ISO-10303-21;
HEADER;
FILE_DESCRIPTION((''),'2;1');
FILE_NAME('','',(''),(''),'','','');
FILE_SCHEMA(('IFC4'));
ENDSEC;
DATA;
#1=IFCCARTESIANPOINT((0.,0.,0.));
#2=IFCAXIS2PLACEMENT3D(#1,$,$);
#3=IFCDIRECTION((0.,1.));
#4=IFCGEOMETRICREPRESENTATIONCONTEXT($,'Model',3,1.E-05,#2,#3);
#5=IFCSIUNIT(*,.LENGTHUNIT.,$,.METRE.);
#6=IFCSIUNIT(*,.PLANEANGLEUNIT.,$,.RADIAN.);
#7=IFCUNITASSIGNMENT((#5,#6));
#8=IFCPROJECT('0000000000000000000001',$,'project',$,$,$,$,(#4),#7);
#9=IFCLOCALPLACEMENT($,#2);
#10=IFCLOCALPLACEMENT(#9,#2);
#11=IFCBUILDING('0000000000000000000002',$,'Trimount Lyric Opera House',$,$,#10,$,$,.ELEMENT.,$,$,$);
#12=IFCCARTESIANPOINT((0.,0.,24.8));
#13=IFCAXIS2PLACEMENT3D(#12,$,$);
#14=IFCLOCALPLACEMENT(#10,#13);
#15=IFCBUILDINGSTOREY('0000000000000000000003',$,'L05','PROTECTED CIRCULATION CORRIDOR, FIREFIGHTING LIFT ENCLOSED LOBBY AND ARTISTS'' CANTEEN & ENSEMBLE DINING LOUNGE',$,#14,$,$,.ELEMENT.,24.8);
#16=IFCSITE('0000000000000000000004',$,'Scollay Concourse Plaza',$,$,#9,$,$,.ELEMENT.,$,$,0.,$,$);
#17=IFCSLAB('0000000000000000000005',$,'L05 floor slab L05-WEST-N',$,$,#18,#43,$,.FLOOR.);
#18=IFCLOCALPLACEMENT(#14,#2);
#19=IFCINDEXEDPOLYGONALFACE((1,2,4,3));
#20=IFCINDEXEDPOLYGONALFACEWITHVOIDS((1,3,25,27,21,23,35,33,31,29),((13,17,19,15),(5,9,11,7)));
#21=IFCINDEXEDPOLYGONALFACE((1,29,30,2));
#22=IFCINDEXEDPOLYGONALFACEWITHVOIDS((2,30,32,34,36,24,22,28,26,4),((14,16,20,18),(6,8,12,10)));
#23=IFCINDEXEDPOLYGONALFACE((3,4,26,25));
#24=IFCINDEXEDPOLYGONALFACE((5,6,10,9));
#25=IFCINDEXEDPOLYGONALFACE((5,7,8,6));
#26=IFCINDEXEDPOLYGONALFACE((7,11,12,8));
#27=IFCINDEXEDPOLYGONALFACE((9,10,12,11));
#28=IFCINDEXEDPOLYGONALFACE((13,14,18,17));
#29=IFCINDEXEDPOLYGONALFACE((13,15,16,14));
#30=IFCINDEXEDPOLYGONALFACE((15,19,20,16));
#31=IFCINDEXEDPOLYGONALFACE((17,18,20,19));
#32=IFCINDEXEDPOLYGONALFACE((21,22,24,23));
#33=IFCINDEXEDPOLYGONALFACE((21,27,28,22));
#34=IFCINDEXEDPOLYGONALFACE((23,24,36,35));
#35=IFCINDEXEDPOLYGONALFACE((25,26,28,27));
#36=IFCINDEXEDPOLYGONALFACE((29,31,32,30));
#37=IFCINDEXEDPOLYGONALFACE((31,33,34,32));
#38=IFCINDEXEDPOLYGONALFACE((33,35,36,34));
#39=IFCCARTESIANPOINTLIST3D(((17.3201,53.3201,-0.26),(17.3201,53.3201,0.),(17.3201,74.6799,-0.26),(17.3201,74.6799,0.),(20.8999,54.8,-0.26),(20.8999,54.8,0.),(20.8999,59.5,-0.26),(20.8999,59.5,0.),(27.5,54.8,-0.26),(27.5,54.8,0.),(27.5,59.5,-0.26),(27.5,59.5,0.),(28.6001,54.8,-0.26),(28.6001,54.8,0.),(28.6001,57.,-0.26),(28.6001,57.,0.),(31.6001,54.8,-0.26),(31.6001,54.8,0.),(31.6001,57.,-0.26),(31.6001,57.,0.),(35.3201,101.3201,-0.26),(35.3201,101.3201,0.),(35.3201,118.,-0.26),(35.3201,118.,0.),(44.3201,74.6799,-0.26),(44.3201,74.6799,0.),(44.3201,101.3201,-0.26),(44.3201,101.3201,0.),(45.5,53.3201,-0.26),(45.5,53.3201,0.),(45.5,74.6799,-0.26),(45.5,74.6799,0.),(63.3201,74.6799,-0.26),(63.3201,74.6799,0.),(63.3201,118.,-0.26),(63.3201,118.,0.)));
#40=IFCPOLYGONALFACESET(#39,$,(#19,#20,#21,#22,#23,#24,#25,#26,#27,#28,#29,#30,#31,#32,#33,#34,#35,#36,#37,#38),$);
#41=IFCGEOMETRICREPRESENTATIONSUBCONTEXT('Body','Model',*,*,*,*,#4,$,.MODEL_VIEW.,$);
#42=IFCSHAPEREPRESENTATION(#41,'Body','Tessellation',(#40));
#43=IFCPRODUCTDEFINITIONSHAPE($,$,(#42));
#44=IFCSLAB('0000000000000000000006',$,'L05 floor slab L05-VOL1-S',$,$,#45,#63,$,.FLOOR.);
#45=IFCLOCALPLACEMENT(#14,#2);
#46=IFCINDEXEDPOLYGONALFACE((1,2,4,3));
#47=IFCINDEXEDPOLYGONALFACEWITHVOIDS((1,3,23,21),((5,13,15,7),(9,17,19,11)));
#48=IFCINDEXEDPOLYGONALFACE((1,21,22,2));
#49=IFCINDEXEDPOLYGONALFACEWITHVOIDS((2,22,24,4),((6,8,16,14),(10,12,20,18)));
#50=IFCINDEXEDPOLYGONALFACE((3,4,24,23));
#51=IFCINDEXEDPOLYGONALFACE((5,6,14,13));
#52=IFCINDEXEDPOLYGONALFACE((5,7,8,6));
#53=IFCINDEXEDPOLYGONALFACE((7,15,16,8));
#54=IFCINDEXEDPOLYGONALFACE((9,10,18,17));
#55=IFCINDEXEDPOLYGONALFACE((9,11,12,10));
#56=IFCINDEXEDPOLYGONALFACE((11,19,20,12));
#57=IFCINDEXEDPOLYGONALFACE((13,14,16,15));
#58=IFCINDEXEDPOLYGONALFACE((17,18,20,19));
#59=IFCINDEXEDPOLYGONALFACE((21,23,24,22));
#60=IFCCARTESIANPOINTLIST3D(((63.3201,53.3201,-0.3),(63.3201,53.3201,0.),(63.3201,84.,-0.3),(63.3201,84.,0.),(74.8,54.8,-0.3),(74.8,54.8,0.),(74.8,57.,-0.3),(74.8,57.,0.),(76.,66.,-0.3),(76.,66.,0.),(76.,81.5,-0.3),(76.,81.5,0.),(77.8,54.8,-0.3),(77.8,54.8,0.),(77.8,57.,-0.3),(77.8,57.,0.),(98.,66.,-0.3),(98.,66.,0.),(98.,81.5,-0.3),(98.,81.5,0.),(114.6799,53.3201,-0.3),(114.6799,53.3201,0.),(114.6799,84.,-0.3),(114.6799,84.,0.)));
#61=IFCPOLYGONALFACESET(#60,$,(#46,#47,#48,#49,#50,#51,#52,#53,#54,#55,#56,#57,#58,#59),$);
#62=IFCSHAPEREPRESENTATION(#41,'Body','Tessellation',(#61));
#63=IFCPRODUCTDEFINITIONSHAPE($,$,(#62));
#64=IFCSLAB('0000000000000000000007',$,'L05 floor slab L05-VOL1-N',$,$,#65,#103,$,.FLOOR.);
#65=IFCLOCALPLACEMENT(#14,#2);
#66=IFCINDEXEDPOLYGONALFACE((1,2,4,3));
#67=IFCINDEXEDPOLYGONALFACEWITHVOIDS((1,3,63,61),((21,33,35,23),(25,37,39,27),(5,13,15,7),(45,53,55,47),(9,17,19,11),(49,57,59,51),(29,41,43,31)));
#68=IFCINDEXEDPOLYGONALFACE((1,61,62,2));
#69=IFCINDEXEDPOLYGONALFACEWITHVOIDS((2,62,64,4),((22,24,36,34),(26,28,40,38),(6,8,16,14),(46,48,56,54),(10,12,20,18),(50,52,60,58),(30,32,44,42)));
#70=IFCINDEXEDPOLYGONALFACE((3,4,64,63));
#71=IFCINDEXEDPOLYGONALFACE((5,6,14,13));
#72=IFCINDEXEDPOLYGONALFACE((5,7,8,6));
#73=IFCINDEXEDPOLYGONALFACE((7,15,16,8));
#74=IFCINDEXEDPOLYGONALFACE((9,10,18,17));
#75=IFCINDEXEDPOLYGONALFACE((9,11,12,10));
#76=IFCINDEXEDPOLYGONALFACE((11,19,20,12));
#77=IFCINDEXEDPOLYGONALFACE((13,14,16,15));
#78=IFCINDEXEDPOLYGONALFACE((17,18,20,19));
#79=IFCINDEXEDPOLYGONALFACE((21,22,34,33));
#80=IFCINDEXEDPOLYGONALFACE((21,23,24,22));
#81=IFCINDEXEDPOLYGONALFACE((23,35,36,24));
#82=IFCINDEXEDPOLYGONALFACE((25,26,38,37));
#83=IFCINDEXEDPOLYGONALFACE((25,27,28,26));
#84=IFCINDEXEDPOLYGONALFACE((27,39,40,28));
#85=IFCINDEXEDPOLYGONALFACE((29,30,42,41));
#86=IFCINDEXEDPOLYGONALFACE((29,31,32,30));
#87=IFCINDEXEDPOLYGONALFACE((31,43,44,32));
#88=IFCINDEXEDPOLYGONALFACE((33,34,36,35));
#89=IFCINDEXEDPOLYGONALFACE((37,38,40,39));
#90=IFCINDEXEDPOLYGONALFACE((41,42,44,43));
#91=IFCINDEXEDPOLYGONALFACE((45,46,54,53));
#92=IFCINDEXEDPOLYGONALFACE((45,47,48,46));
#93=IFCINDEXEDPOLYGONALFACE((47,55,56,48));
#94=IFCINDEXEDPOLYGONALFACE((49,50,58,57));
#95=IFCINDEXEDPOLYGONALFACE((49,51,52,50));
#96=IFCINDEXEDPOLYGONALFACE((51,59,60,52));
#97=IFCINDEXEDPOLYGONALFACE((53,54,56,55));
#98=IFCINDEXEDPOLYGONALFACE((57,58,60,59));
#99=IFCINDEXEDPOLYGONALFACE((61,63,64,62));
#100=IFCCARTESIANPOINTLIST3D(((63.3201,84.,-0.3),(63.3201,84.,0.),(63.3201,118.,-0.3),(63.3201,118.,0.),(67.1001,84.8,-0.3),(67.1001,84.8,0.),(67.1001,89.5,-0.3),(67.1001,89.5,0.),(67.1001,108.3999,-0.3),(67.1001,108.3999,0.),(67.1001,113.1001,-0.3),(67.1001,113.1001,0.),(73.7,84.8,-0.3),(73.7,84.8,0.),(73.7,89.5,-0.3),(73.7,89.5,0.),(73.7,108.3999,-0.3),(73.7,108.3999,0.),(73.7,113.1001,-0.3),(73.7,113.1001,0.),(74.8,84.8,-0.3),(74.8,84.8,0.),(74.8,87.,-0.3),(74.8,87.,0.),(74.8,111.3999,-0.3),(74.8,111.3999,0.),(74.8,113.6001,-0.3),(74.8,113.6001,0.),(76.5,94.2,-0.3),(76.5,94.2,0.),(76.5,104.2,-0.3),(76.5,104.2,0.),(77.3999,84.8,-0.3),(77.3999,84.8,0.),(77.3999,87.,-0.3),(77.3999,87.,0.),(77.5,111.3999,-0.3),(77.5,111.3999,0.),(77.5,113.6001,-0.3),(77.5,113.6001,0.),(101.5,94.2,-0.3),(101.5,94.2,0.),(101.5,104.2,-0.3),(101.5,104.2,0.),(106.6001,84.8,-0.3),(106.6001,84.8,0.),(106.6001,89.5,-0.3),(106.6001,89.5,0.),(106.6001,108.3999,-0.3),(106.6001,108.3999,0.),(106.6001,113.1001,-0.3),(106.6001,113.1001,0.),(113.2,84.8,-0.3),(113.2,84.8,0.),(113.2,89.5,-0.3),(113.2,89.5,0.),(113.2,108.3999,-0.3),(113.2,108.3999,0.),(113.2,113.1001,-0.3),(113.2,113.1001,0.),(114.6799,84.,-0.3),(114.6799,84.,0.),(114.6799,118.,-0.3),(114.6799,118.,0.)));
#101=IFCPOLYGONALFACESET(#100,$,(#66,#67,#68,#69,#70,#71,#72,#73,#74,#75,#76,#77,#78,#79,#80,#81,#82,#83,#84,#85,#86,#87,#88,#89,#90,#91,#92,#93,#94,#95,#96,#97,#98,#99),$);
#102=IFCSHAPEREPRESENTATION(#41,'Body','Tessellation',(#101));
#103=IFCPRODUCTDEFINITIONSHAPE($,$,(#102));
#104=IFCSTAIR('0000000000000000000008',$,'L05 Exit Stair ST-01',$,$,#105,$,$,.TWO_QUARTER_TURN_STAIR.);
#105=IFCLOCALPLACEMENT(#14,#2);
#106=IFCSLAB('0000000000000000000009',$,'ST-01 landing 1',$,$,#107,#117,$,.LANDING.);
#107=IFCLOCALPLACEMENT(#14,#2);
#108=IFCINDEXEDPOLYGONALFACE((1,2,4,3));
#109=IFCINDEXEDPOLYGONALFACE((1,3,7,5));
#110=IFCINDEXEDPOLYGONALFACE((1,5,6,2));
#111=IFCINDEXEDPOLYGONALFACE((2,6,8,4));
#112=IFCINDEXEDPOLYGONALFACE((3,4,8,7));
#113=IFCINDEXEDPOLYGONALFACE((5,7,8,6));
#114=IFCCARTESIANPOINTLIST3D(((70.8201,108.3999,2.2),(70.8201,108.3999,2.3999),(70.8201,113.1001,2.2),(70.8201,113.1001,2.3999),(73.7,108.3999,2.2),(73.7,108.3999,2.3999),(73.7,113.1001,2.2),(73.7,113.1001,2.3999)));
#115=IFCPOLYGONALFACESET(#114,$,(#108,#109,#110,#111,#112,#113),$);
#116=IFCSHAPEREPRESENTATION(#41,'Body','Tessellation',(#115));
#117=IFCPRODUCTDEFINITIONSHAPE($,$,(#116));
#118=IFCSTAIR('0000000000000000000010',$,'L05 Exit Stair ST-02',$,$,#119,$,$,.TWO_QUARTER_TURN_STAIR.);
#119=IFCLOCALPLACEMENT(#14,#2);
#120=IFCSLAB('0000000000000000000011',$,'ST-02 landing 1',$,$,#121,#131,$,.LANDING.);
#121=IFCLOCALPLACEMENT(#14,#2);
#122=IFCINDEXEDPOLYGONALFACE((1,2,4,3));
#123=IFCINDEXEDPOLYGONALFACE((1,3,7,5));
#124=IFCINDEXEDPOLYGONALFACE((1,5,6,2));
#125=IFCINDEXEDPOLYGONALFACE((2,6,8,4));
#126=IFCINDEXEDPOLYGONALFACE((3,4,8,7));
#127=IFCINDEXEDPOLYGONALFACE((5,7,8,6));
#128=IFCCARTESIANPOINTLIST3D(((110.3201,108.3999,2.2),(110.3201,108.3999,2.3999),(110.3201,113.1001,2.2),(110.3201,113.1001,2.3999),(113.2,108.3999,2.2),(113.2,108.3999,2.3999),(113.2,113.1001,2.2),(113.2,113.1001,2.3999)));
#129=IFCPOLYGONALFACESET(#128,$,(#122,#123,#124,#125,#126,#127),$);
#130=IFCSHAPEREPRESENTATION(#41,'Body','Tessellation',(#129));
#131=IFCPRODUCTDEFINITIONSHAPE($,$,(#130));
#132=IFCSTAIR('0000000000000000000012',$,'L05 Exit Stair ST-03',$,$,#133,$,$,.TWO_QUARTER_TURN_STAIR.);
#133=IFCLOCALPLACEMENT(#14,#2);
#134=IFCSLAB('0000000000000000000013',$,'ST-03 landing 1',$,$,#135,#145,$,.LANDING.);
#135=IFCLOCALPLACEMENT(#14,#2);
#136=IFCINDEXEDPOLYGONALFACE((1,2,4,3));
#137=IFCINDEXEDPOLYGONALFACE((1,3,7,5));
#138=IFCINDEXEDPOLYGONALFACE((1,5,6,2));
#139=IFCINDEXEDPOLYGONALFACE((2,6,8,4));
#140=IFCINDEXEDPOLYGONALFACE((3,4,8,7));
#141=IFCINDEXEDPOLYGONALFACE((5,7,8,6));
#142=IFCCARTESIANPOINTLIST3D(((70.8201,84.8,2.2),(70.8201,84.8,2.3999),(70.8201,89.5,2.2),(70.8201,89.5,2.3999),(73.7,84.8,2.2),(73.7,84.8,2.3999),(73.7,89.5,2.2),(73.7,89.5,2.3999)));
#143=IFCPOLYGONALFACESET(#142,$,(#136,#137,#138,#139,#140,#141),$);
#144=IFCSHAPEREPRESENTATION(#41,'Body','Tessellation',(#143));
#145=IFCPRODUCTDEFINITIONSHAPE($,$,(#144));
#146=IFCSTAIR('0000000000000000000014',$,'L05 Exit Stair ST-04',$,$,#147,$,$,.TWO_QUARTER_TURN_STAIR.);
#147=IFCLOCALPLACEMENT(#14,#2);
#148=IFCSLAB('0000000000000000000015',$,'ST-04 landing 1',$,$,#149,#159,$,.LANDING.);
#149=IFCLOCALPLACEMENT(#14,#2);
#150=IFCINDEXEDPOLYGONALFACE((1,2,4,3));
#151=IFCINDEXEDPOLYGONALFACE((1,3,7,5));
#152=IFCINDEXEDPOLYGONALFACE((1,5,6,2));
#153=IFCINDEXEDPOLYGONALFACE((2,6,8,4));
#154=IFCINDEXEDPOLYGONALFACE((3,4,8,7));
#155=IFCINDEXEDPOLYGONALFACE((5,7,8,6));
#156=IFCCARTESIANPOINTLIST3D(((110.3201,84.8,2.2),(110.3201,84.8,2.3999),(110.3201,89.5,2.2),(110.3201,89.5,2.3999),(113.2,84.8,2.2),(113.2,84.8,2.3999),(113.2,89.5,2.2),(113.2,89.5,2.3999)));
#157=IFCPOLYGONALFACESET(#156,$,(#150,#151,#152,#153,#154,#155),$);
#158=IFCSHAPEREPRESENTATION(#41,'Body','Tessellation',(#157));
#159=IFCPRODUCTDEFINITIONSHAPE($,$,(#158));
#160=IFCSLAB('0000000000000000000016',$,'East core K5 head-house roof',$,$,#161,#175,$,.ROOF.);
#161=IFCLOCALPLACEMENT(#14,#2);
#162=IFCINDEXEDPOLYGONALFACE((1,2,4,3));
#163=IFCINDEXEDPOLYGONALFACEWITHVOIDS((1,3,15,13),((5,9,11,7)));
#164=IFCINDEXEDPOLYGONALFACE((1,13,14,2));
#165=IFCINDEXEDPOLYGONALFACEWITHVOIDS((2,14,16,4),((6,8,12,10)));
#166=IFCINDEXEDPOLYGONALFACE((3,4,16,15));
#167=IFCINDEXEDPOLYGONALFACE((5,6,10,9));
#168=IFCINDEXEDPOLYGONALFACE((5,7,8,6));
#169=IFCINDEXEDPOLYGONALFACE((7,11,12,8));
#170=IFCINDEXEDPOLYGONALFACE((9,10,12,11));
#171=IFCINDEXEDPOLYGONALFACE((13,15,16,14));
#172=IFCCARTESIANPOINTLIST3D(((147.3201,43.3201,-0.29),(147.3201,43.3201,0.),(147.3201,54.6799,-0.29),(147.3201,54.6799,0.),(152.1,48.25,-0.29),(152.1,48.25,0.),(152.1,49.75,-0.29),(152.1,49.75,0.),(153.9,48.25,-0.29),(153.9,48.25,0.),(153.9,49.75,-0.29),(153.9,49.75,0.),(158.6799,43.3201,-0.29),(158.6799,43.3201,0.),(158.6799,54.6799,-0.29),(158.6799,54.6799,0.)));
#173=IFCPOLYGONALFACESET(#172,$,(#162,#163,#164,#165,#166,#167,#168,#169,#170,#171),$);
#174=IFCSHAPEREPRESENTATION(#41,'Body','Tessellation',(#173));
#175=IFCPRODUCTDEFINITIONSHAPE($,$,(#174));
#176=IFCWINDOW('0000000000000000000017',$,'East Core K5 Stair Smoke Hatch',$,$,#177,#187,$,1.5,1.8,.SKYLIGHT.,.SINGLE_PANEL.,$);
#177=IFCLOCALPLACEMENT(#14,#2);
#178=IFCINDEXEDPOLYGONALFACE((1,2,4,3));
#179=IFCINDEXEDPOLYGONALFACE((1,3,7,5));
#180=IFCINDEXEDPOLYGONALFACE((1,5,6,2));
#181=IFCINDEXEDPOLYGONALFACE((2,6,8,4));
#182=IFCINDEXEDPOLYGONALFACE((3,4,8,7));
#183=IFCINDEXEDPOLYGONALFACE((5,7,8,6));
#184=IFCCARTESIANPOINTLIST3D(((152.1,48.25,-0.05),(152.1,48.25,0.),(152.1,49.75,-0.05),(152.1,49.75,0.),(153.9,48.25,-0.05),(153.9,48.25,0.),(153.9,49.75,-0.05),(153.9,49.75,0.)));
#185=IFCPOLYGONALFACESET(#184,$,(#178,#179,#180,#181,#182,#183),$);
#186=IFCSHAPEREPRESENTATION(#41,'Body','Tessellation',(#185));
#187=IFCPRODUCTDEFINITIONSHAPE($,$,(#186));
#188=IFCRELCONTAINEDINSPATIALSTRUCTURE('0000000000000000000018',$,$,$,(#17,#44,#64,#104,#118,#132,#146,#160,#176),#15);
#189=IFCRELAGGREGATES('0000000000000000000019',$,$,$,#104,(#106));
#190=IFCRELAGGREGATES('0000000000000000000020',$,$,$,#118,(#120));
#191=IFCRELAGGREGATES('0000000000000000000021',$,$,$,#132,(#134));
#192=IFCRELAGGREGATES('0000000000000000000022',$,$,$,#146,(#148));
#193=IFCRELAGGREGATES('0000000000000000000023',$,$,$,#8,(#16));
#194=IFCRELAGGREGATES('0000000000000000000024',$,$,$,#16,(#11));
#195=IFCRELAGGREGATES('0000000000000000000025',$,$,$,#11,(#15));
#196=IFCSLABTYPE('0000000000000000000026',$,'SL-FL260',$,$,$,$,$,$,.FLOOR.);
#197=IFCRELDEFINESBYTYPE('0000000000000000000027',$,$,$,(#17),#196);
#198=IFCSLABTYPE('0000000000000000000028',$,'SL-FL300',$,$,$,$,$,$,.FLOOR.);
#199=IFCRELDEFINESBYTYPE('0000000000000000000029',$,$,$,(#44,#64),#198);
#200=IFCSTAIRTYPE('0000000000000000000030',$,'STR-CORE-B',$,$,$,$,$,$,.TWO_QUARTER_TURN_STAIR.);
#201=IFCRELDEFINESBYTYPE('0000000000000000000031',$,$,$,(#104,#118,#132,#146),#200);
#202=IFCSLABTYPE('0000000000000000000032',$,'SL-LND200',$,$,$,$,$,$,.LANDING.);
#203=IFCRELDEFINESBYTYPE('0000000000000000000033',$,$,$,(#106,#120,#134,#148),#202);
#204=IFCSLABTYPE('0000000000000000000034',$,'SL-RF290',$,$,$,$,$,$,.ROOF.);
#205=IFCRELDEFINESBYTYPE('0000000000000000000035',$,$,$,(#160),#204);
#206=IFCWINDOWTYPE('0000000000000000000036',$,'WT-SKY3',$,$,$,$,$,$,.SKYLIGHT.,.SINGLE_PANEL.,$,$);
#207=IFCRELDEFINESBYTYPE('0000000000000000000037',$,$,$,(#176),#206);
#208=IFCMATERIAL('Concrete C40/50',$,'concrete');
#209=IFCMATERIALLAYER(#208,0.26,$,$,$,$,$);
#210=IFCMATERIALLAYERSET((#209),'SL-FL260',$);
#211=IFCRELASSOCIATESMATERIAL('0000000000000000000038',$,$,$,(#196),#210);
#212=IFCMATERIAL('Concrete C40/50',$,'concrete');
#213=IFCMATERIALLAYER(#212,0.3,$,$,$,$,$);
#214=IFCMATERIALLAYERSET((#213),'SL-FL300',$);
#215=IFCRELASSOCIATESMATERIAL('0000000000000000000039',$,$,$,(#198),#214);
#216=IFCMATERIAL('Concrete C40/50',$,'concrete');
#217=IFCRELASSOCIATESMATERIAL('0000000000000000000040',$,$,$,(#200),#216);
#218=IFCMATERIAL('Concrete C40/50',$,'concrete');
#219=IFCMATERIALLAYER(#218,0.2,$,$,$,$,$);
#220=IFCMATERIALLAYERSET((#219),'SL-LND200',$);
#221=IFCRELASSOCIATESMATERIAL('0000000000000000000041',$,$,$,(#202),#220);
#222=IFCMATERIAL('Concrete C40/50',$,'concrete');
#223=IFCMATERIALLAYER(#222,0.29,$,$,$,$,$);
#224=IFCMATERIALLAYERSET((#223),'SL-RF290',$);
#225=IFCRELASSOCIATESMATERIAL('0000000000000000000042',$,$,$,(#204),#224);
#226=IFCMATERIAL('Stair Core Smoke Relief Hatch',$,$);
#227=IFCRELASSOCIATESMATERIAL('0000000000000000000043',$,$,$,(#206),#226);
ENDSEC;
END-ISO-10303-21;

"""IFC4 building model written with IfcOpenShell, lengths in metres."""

from ifc_helpers import new_model, si_unit, direction, frame, origin, origin_2d, place, context, subcontext, project, spatial, polyline, rectangle, outline, extrude, material, layer, layer_set, type_object, element, fill, aggregate, save


model = new_model("IFC4")

# Units and contexts
model_context = context("Model", 3, precision=1e-05, world=origin(), true_north=direction((0.0, 1.0)))
body_context = subcontext(model_context, "Body", "Model", "MODEL_VIEW")
ifc_project = project(units=[si_unit("LENGTHUNIT", "METRE"), si_unit("PLANEANGLEUNIT", "RADIAN")], contexts=[model_context])

# Site, building, storey
site_placement = place(None, origin())
site = spatial("IfcSite", under=ifc_project, at=site_placement, Name="Scollay Concourse Plaza", CompositionType="ELEMENT", RefElevation=0.0)
building_placement = place(site_placement, origin())
building = spatial("IfcBuilding", under=site, at=building_placement, Name="Trimount Lyric Opera House", CompositionType="ELEMENT")
storey_placement = place(building_placement, frame((0.0, 0.0, 24.8)))
storey = spatial("IfcBuildingStorey", under=building, at=storey_placement, Name="L05", Description="PROTECTED CIRCULATION CORRIDOR, FIREFIGHTING LIFT ENCLOSED LOBBY AND ARTISTS' CANTEEN & ENSEMBLE DINING LOUNGE", CompositionType="ELEMENT", Elevation=24.8)

# Slabs
ifc_material_1 = material(Name="Concrete C40/50", Category="concrete")
ifc_layer_1 = layer(ifc_material_1, 0.26)
ifc_layer_set_1 = layer_set([ifc_layer_1], Name="SL-FL260")
slab_type_1 = type_object("IfcSlabType", Name="SL-FL260", PredefinedType="FLOOR", material=ifc_layer_set_1)
slab_1_placement = place(storey_placement, frame((0.0, 0.0, -0.26)))
element("IfcSlab", 1, at=slab_1_placement, inside=storey, type_object=slab_type_1, Name="L05 floor slab L05-WEST-N", PredefinedType="FLOOR", context=body_context, shape_type="SweptSolid", body=[
    extrude(outline(polyline([(17.3201, 74.6799), (44.3201, 74.6799), (44.3201, 101.3201), (35.3201, 101.3201), (35.3201, 118.0), (63.3201, 118.0), (63.3201, 74.6799), (45.5, 74.6799), (45.5, 53.3201), (17.3201, 53.3201), (17.3201, 74.6799)]), holes=[polyline([(28.6001, 57.0), (28.6001, 54.8), (31.6001, 54.8), (31.6001, 57.0), (28.6001, 57.0)]), polyline([(20.8999, 59.5), (20.8999, 54.8), (27.5, 54.8), (27.5, 59.5), (20.8999, 59.5)])]), origin(), (0.0, 0.0, 1.0), 0.26),
])
ifc_material_2 = material(Name="Concrete C40/50", Category="concrete")
ifc_layer_2 = layer(ifc_material_2, 0.3)
ifc_layer_set_2 = layer_set([ifc_layer_2], Name="SL-FL300")
slab_type_2 = type_object("IfcSlabType", Name="SL-FL300", PredefinedType="FLOOR", material=ifc_layer_set_2)
slab_2_placement = place(storey_placement, frame((0.0, 0.0, -0.3)))
element("IfcSlab", 2, at=slab_2_placement, inside=storey, type_object=slab_type_2, Name="L05 floor slab L05-VOL1-S", PredefinedType="FLOOR", context=body_context, shape_type="SweptSolid", body=[
    extrude(outline(polyline([(63.3201, 84.0), (114.6799, 84.0), (114.6799, 53.3201), (63.3201, 53.3201), (63.3201, 84.0)]), holes=[polyline([(76.0, 66.0), (98.0, 66.0), (98.0, 81.5), (76.0, 81.5), (76.0, 66.0)]), polyline([(74.8, 57.0), (74.8, 54.8), (77.8, 54.8), (77.8, 57.0), (74.8, 57.0)])]), origin(), (0.0, 0.0, 1.0), 0.3),
])
slab_3_placement = place(storey_placement, frame((0.0, 0.0, -0.3)))
element("IfcSlab", 3, at=slab_3_placement, inside=storey, type_object=slab_type_2, Name="L05 floor slab L05-VOL1-N", PredefinedType="FLOOR", context=body_context, shape_type="SweptSolid", body=[
    extrude(outline(polyline([(114.6799, 118.0), (114.6799, 84.0), (63.3201, 84.0), (63.3201, 118.0), (114.6799, 118.0)]), holes=[polyline([(106.6001, 89.5), (106.6001, 84.8), (113.2, 84.8), (113.2, 89.5), (106.6001, 89.5)]), polyline([(113.2, 113.1001), (106.6001, 113.1001), (106.6001, 108.3999), (113.2, 108.3999), (113.2, 113.1001)]), polyline([(76.5, 94.2), (101.5, 94.2), (101.5, 104.2), (76.5, 104.2), (76.5, 94.2)]), polyline([(77.5, 113.6001), (74.8, 113.6001), (74.8, 111.3999), (77.5, 111.3999), (77.5, 113.6001)]), polyline([(74.8, 87.0), (74.8, 84.8), (77.3999, 84.8), (77.3999, 87.0), (74.8, 87.0)]), polyline([(67.1001, 89.5), (67.1001, 84.8), (73.7, 84.8), (73.7, 89.5), (67.1001, 89.5)]), polyline([(67.1001, 113.1001), (67.1001, 108.3999), (73.7, 108.3999), (73.7, 113.1001), (67.1001, 113.1001)])]), origin(), (0.0, 0.0, 1.0), 0.3),
])

# Stairs, slabs
ifc_material_3 = material(Name="Concrete C40/50", Category="concrete")
stair_type = type_object("IfcStairType", Name="STR-CORE-B", PredefinedType="TWO_QUARTER_TURN_STAIR", material=ifc_material_3)
stair_1_placement = place(storey_placement, origin())
stair_1 = element("IfcStair", 4, at=stair_1_placement, inside=storey, type_object=stair_type, Name="L05 Exit Stair ST-01", PredefinedType="TWO_QUARTER_TURN_STAIR")
ifc_material_4 = material(Name="Concrete C40/50", Category="concrete")
ifc_layer_3 = layer(ifc_material_4, 0.2)
ifc_layer_set_3 = layer_set([ifc_layer_3], Name="SL-LND200")
slab_type_3 = type_object("IfcSlabType", Name="SL-LND200", PredefinedType="LANDING", material=ifc_layer_set_3)
slab_4_placement = place(storey_placement, frame((0.0, 0.0, 2.2)))
slab_4 = element("IfcSlab", 5, at=slab_4_placement, type_object=slab_type_3, Name="ST-01 landing 1", PredefinedType="LANDING", context=body_context, shape_type="SweptSolid", body=[
    extrude(outline(polyline([(70.8201, 108.3999), (73.7, 108.3999), (73.7, 113.1001), (70.8201, 113.1001), (70.8201, 108.3999)])), origin(), (0.0, 0.0, 1.0), 0.2),
])
aggregate(stair_1, [slab_4])
stair_2_placement = place(storey_placement, origin())
stair_2 = element("IfcStair", 6, at=stair_2_placement, inside=storey, type_object=stair_type, Name="L05 Exit Stair ST-02", PredefinedType="TWO_QUARTER_TURN_STAIR")
slab_5_placement = place(storey_placement, frame((0.0, 0.0, 2.2)))
slab_5 = element("IfcSlab", 7, at=slab_5_placement, type_object=slab_type_3, Name="ST-02 landing 1", PredefinedType="LANDING", context=body_context, shape_type="SweptSolid", body=[
    extrude(outline(polyline([(110.3201, 108.3999), (113.2, 108.3999), (113.2, 113.1001), (110.3201, 113.1001), (110.3201, 108.3999)])), origin(), (0.0, 0.0, 1.0), 0.2),
])
aggregate(stair_2, [slab_5])
stair_3_placement = place(storey_placement, origin())
stair_3 = element("IfcStair", 8, at=stair_3_placement, inside=storey, type_object=stair_type, Name="L05 Exit Stair ST-03", PredefinedType="TWO_QUARTER_TURN_STAIR")
slab_6_placement = place(storey_placement, frame((0.0, 0.0, 2.2)))
slab_6 = element("IfcSlab", 9, at=slab_6_placement, type_object=slab_type_3, Name="ST-03 landing 1", PredefinedType="LANDING", context=body_context, shape_type="SweptSolid", body=[
    extrude(outline(polyline([(70.8201, 84.8), (73.7, 84.8), (73.7, 89.5), (70.8201, 89.5), (70.8201, 84.8)])), origin(), (0.0, 0.0, 1.0), 0.2),
])
aggregate(stair_3, [slab_6])
stair_4_placement = place(storey_placement, origin())
stair_4 = element("IfcStair", 10, at=stair_4_placement, inside=storey, type_object=stair_type, Name="L05 Exit Stair ST-04", PredefinedType="TWO_QUARTER_TURN_STAIR")
slab_7_placement = place(storey_placement, frame((0.0, 0.0, 2.2)))
slab_7 = element("IfcSlab", 11, at=slab_7_placement, type_object=slab_type_3, Name="ST-04 landing 1", PredefinedType="LANDING", context=body_context, shape_type="SweptSolid", body=[
    extrude(outline(polyline([(110.3201, 84.8), (113.2, 84.8), (113.2, 89.5), (110.3201, 89.5), (110.3201, 84.8)])), origin(), (0.0, 0.0, 1.0), 0.2),
])
aggregate(stair_4, [slab_7])

# Slab, opening, window
ifc_material_5 = material(Name="Concrete C40/50", Category="concrete")
ifc_layer_4 = layer(ifc_material_5, 0.29)
ifc_layer_set_4 = layer_set([ifc_layer_4], Name="SL-RF290")
slab_type_4 = type_object("IfcSlabType", Name="SL-RF290", PredefinedType="ROOF", material=ifc_layer_set_4)
slab_8_placement = place(storey_placement, frame((0.0, 0.0, -0.29)))
slab_8 = element("IfcSlab", 12, at=slab_8_placement, inside=storey, type_object=slab_type_4, Name="East core K5 head-house roof", PredefinedType="ROOF", context=body_context, shape_type="SweptSolid", body=[
    extrude(outline(polyline([(147.3201, 54.6799), (158.6799, 54.6799), (158.6799, 43.3201), (147.3201, 43.3201), (147.3201, 54.6799)])), origin(), (0.0, 0.0, 1.0), 0.29),
])
opening_1_placement = place(slab_8_placement, frame((153.0, 49.0, 0.0)))
opening_1 = element("IfcOpeningElement", 13, at=opening_1_placement, cuts=slab_8, PredefinedType="OPENING", context=body_context, shape_type="SweptSolid", body=[
    extrude(rectangle(XDim=1.8, YDim=1.5, at=origin_2d()), frame((0.0, 0.0, -0.01)), (0.0, 0.0, 1.0), 0.3101),
])
ifc_material_6 = material(Name="Stair Core Smoke Relief Hatch")
window_type_1 = type_object("IfcWindowType", Name="WT-SKY3", PartitioningType="SINGLE_PANEL", PredefinedType="SKYLIGHT", material=ifc_material_6)
window_1_placement = place(opening_1_placement, frame((0.0, 0.0, 0.24)))
window_1 = element("IfcWindow", 14, at=window_1_placement, inside=storey, type_object=window_type_1, Name="East Core K5 Stair Smoke Hatch", OverallHeight=1.5, OverallWidth=1.8, PartitioningType="SINGLE_PANEL", PredefinedType="SKYLIGHT", context=body_context, shape_type="SweptSolid", body=[
    extrude(rectangle(XDim=1.8, YDim=1.5, at=origin_2d()), origin(), (0.0, 0.0, 1.0), 0.05),
])
fill(opening_1, window_1)

save(model, "model.ifc")
